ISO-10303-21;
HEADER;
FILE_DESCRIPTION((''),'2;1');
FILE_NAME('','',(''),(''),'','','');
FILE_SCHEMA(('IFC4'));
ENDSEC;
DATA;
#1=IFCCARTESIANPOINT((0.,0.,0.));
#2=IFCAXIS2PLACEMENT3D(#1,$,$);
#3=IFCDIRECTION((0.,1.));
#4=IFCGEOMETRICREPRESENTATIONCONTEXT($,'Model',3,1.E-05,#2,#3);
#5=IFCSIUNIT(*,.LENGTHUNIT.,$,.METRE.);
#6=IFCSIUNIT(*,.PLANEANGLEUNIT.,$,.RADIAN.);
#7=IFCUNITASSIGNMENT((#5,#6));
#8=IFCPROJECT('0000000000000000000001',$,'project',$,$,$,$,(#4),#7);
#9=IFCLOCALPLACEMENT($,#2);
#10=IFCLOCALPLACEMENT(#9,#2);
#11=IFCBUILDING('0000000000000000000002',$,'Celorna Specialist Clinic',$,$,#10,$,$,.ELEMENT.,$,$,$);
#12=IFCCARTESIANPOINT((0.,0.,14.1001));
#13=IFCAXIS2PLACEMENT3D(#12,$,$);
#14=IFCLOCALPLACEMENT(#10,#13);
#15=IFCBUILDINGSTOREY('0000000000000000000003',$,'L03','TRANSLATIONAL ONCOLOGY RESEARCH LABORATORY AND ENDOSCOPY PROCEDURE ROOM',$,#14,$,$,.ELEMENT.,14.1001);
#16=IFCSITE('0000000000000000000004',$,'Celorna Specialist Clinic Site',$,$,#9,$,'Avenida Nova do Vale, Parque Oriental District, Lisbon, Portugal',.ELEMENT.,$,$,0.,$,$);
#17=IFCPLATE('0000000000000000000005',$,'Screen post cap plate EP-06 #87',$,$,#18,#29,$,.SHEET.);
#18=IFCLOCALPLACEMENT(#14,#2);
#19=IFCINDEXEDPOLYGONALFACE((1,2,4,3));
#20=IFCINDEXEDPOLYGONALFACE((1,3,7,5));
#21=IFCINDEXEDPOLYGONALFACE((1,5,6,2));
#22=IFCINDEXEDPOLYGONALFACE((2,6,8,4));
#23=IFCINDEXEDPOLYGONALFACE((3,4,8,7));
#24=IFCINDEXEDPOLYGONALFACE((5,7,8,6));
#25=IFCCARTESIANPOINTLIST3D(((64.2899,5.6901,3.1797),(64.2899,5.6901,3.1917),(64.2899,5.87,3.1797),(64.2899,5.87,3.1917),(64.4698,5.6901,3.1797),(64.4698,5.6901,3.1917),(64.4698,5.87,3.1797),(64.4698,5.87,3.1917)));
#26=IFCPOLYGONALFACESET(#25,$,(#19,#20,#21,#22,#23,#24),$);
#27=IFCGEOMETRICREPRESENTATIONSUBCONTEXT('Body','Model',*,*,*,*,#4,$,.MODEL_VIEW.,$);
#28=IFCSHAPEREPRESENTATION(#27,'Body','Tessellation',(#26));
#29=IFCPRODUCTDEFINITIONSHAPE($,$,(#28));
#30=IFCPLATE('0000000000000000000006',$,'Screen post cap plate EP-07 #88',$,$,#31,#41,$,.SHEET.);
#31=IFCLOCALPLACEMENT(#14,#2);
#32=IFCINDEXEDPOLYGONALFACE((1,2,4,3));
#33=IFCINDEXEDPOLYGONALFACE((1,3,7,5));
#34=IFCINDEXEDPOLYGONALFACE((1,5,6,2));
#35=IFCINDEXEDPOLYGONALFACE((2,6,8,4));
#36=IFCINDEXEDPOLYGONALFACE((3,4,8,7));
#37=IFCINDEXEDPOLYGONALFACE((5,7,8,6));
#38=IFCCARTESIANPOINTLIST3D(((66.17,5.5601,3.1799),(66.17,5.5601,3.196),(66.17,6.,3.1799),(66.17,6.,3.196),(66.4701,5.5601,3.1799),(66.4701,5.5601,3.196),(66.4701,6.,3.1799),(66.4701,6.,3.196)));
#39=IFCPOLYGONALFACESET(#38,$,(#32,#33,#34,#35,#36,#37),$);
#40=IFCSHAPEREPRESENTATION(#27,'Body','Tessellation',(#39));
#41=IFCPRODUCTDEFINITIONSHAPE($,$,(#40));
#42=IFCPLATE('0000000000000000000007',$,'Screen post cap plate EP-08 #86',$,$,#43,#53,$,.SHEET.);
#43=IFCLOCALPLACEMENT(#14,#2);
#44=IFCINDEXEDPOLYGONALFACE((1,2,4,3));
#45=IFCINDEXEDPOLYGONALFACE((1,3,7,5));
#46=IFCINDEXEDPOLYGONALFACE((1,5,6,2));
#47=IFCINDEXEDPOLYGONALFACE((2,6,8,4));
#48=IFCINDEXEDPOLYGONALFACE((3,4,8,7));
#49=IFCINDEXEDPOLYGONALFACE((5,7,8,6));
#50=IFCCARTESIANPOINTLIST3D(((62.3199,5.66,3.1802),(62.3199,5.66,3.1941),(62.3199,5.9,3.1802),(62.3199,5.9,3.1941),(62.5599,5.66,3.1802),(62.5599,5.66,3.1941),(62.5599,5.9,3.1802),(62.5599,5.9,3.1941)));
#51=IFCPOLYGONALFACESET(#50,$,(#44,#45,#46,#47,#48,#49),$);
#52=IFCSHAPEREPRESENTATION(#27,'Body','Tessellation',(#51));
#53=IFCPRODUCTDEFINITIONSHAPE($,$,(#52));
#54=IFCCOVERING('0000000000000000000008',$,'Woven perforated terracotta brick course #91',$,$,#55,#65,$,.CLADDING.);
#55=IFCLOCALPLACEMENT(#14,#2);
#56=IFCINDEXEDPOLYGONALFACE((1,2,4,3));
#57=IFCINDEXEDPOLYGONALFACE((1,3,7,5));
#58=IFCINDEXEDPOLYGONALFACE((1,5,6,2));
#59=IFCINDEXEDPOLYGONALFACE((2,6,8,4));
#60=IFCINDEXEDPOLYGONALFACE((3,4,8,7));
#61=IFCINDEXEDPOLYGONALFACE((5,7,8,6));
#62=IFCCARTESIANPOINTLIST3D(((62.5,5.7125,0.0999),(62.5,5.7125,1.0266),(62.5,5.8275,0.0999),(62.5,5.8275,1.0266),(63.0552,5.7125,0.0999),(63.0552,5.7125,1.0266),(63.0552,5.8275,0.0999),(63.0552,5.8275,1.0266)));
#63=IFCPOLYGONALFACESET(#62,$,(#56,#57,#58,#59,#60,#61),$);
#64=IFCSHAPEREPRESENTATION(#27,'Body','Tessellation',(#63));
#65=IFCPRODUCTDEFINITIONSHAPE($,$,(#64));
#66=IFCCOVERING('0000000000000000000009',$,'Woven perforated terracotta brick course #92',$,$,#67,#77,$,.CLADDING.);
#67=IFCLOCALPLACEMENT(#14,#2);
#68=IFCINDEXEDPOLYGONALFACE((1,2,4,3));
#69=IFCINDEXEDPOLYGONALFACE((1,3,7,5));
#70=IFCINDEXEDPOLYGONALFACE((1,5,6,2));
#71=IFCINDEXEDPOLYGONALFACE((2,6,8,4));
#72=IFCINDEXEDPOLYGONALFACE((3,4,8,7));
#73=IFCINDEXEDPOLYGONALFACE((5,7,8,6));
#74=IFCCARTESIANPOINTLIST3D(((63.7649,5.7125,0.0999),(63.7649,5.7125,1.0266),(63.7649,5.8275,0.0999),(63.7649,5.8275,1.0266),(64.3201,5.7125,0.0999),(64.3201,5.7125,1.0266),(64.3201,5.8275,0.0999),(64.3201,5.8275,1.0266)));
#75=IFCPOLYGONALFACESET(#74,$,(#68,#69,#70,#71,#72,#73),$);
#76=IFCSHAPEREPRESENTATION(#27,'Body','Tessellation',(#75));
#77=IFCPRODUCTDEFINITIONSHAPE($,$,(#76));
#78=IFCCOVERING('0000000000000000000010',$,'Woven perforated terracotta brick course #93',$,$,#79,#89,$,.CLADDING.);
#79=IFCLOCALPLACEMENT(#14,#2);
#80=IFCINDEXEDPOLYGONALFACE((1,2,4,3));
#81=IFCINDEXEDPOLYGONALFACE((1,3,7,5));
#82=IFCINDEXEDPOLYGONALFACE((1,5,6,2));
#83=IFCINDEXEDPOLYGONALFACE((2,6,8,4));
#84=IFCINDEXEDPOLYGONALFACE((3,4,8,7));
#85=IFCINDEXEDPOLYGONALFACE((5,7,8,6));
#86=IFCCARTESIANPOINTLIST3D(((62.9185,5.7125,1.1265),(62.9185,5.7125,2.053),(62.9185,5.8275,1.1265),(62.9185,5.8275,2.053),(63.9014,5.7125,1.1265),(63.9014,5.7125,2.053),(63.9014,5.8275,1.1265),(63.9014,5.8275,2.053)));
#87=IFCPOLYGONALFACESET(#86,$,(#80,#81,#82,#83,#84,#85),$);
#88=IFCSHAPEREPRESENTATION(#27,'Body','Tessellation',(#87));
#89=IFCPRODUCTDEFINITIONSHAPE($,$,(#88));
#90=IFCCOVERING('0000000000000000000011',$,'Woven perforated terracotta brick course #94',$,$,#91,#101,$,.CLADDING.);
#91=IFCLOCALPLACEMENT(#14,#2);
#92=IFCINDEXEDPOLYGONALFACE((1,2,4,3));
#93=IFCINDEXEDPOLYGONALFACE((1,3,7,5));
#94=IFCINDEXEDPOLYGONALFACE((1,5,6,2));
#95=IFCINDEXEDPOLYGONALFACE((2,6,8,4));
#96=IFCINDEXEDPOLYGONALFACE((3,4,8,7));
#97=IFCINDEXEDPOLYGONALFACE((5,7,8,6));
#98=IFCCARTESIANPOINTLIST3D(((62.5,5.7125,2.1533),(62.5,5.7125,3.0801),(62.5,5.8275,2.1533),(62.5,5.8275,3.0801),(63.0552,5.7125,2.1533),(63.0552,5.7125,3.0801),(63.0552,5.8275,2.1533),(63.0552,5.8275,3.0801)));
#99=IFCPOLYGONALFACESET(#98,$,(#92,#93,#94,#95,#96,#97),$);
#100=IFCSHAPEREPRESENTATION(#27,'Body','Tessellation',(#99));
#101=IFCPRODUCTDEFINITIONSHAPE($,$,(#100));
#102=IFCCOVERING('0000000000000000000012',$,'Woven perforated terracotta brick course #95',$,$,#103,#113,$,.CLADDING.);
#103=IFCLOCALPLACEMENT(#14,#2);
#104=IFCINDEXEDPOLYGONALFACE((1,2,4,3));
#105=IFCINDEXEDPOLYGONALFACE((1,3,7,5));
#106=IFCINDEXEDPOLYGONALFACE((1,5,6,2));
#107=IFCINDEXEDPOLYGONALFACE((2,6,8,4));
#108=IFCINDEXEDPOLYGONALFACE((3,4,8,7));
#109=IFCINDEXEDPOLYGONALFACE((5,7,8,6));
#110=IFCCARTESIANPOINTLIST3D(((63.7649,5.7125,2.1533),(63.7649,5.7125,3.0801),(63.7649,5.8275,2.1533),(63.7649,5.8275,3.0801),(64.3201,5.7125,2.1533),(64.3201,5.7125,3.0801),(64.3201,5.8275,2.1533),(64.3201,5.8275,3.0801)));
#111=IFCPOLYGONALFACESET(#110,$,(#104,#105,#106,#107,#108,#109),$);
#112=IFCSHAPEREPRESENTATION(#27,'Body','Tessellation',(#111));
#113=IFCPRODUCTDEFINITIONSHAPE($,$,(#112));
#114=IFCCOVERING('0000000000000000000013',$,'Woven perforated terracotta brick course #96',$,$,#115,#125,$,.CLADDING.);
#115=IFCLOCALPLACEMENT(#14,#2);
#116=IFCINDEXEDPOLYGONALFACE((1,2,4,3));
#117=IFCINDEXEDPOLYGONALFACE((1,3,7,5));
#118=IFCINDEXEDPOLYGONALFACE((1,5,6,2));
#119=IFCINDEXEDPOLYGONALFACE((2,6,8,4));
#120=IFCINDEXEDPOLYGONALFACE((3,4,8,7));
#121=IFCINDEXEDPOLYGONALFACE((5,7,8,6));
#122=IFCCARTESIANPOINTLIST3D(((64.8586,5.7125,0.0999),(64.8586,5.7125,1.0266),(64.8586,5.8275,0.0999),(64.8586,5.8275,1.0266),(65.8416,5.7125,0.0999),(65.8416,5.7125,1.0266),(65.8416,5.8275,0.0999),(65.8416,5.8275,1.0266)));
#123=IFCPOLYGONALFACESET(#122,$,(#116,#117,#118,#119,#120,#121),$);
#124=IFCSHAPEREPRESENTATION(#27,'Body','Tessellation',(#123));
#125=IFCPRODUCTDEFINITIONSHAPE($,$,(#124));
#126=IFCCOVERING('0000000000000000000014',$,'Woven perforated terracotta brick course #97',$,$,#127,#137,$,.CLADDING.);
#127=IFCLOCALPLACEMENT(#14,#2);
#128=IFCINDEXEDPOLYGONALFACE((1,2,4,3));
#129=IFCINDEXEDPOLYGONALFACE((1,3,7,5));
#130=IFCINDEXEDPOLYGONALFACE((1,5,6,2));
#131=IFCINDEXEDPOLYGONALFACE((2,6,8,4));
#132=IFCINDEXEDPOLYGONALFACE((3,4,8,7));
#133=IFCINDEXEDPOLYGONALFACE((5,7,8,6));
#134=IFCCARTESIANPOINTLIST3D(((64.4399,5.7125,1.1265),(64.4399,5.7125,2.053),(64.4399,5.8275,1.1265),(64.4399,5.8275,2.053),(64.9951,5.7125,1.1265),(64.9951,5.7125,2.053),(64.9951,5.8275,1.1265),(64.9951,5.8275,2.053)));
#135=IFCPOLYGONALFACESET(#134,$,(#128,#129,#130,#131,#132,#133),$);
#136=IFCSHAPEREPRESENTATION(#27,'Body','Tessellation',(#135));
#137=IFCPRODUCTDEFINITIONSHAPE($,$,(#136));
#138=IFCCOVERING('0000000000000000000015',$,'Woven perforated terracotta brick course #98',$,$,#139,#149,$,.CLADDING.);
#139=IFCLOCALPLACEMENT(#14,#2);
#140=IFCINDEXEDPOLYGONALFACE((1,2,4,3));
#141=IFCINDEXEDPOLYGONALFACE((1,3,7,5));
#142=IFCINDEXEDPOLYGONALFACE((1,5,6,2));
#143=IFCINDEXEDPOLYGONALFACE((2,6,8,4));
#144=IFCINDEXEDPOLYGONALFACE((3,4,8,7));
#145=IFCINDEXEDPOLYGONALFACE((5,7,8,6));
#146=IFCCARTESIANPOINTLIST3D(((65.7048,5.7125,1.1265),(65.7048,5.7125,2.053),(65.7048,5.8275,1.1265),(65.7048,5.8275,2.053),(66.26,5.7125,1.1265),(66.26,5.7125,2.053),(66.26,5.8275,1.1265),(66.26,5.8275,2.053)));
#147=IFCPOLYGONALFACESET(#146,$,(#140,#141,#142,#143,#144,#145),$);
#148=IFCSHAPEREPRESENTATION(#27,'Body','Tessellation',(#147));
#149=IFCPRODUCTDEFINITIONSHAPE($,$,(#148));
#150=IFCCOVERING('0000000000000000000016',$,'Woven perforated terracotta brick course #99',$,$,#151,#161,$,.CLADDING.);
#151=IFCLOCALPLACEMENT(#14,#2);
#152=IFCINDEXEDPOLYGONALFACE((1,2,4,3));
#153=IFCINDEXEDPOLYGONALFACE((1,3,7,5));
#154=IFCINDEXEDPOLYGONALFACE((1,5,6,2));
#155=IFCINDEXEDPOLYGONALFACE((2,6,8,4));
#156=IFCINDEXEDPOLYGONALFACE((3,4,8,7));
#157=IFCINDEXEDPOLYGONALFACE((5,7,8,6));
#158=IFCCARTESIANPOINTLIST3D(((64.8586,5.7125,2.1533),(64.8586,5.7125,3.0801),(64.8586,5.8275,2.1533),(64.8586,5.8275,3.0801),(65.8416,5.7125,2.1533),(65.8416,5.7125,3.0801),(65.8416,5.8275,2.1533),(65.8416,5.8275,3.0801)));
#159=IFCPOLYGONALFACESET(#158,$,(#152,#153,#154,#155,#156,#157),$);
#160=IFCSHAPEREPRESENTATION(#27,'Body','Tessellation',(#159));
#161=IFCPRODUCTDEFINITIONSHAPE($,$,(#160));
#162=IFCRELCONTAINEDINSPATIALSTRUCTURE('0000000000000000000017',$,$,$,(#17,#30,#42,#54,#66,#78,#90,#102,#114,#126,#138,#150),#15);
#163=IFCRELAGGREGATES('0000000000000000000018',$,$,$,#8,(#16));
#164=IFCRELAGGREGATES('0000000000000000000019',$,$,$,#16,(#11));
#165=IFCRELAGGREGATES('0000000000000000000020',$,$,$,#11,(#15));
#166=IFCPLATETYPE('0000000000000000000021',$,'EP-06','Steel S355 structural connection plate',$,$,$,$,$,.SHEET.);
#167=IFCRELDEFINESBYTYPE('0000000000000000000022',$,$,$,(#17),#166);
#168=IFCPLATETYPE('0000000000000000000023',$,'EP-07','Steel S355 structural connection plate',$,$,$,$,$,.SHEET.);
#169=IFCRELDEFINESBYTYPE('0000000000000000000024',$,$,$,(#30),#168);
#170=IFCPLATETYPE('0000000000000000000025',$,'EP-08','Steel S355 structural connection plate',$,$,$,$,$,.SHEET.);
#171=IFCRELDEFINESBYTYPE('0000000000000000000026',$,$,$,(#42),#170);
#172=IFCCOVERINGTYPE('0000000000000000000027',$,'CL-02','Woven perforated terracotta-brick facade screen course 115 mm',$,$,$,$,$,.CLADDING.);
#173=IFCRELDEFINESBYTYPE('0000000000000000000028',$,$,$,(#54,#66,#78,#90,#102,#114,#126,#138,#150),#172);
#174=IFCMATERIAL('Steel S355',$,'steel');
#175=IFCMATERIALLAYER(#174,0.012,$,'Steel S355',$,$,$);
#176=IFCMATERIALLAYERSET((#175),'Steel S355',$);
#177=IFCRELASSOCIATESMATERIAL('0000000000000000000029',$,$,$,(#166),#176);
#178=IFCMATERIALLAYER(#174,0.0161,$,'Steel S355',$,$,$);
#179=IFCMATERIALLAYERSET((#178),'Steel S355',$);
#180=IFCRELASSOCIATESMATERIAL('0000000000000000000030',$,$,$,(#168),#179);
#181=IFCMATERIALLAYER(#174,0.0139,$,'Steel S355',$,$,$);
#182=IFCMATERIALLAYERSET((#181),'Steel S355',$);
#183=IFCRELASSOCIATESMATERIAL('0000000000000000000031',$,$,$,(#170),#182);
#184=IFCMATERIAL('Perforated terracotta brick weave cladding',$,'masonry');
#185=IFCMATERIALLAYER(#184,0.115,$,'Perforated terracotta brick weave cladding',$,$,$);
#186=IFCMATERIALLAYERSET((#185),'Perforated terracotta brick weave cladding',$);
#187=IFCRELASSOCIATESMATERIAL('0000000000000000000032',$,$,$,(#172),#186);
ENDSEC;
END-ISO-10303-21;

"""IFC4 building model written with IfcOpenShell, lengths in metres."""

from ifc_helpers import new_model, si_unit, direction, frame, origin, origin_2d, place, context, subcontext, project, spatial, rectangle, extrude, material, layer, layer_set, type_object, element, save


model = new_model("IFC4")

# Units and contexts
model_context = context("Model", 3, precision=1e-05, world=origin(), true_north=direction((0.0, 1.0)))
body_context = subcontext(model_context, "Body", "Model", "MODEL_VIEW")
ifc_project = project(units=[si_unit("LENGTHUNIT", "METRE"), si_unit("PLANEANGLEUNIT", "RADIAN")], contexts=[model_context])

# Site, building, storey
site_placement = place(None, origin())
site = spatial("IfcSite", under=ifc_project, at=site_placement, Name="Celorna Specialist Clinic Site", LongName="Avenida Nova do Vale, Parque Oriental District, Lisbon, Portugal", CompositionType="ELEMENT", RefElevation=0.0)
building_placement = place(site_placement, origin())
building = spatial("IfcBuilding", under=site, at=building_placement, Name="Celorna Specialist Clinic", CompositionType="ELEMENT")
storey_placement = place(building_placement, frame((0.0, 0.0, 14.1001)))
storey = spatial("IfcBuildingStorey", under=building, at=storey_placement, Name="L03", Description="TRANSLATIONAL ONCOLOGY RESEARCH LABORATORY AND ENDOSCOPY PROCEDURE ROOM", CompositionType="ELEMENT", Elevation=14.1001)

# Shared definitions
ifc_material_1 = material(Name="Steel S355", Category="steel")

# Plates
ifc_layer_1 = layer(ifc_material_1, 0.012, Name="Steel S355")
ifc_layer_set_1 = layer_set([ifc_layer_1], Name="Steel S355")
plate_type_1 = type_object("IfcPlateType", Name="EP-06", Description="Steel S355 structural connection plate", PredefinedType="SHEET", material=ifc_layer_set_1)
plate_1_placement = place(storey_placement, frame((64.3799, 5.78, 3.1797), z_axis=(0.0, 0.0, 1.0), x_axis=(1.0, 0.0, 0.0)))
element("IfcPlate", 1, at=plate_1_placement, inside=storey, type_object=plate_type_1, Name="Screen post cap plate EP-06 #87", PredefinedType="SHEET", context=body_context, shape_type="SweptSolid", body=[
    extrude(rectangle(XDim=0.1799, YDim=0.1799, at=origin_2d()), origin(), (0.0, 0.0, 1.0), 0.012),
])
ifc_layer_2 = layer(ifc_material_1, 0.0161, Name="Steel S355")
ifc_layer_set_2 = layer_set([ifc_layer_2], Name="Steel S355")
plate_type_2 = type_object("IfcPlateType", Name="EP-07", Description="Steel S355 structural connection plate", PredefinedType="SHEET", material=ifc_layer_set_2)
plate_2_placement = place(storey_placement, frame((66.3201, 5.78, 3.1799), z_axis=(0.0, 0.0, 1.0), x_axis=(1.0, 0.0, 0.0)))
element("IfcPlate", 2, at=plate_2_placement, inside=storey, type_object=plate_type_2, Name="Screen post cap plate EP-07 #88", PredefinedType="SHEET", context=body_context, shape_type="SweptSolid", body=[
    extrude(rectangle(XDim=0.3, YDim=0.4399, at=origin_2d()), origin(), (0.0, 0.0, 1.0), 0.0161),
])
ifc_layer_3 = layer(ifc_material_1, 0.0139, Name="Steel S355")
ifc_layer_set_3 = layer_set([ifc_layer_3], Name="Steel S355")
plate_type_3 = type_object("IfcPlateType", Name="EP-08", Description="Steel S355 structural connection plate", PredefinedType="SHEET", material=ifc_layer_set_3)
plate_3_placement = place(storey_placement, frame((62.4399, 5.78, 3.1802), z_axis=(0.0, 0.0, 1.0), x_axis=(1.0, 0.0, 0.0)))
element("IfcPlate", 3, at=plate_3_placement, inside=storey, type_object=plate_type_3, Name="Screen post cap plate EP-08 #86", PredefinedType="SHEET", context=body_context, shape_type="SweptSolid", body=[
    extrude(rectangle(XDim=0.24, YDim=0.24, at=origin_2d()), origin(), (0.0, 0.0, 1.0), 0.0139),
])

# Coverings
ifc_material_2 = material(Name="Perforated terracotta brick weave cladding", Category="masonry")
ifc_layer_4 = layer(ifc_material_2, 0.115, Name="Perforated terracotta brick weave cladding")
ifc_layer_set_4 = layer_set([ifc_layer_4], Name="Perforated terracotta brick weave cladding")
covering_type = type_object("IfcCoveringType", Name="CL-02", Description="Woven perforated terracotta-brick facade screen course 115 mm", PredefinedType="CLADDING", material=ifc_layer_set_4)
for number, where, z_axis, x_axis, name in (
    (4, (62.7776, 5.77, 0.0999), (0.0, 0.0, 1.0), (1.0, 0.0, 0.0), "Woven perforated terracotta brick course #91"),
    (5, (64.0425, 5.77, 0.0999), (0.0, 0.0, 1.0), (1.0, 0.0, 0.0), "Woven perforated terracotta brick course #92"),
):
    element("IfcCovering", number, at=place(storey_placement, frame(where, z_axis=z_axis, x_axis=x_axis)), inside=storey, type_object=covering_type, Name=name, PredefinedType="CLADDING", context=body_context, shape_type="SweptSolid", body=[
        extrude(rectangle(XDim=0.5552, YDim=0.115, at=origin_2d()), origin(), (0.0, 0.0, 1.0), 0.9268),
    ])
covering_1_placement = place(storey_placement, frame((63.4099, 5.77, 1.1265), z_axis=(0.0, 0.0, 1.0), x_axis=(1.0, 0.0, 0.0)))
element("IfcCovering", 6, at=covering_1_placement, inside=storey, type_object=covering_type, Name="Woven perforated terracotta brick course #93", PredefinedType="CLADDING", context=body_context, shape_type="SweptSolid", body=[
    extrude(rectangle(XDim=0.9829, YDim=0.115, at=origin_2d()), origin(), (0.0, 0.0, 1.0), 0.9265),
])
for number, where, z_axis, x_axis, name in (
    (7, (62.7776, 5.77, 2.1533), (0.0, 0.0, 1.0), (1.0, 0.0, 0.0), "Woven perforated terracotta brick course #94"),
    (8, (64.0425, 5.77, 2.1533), (0.0, 0.0, 1.0), (1.0, 0.0, 0.0), "Woven perforated terracotta brick course #95"),
):
    element("IfcCovering", number, at=place(storey_placement, frame(where, z_axis=z_axis, x_axis=x_axis)), inside=storey, type_object=covering_type, Name=name, PredefinedType="CLADDING", context=body_context, shape_type="SweptSolid", body=[
        extrude(rectangle(XDim=0.5552, YDim=0.115, at=origin_2d()), origin(), (0.0, 0.0, 1.0), 0.9268),
    ])
covering_2_placement = place(storey_placement, frame((65.3501, 5.77, 0.0999), z_axis=(0.0, 0.0, 1.0), x_axis=(1.0, 0.0, 0.0)))
element("IfcCovering", 9, at=covering_2_placement, inside=storey, type_object=covering_type, Name="Woven perforated terracotta brick course #96", PredefinedType="CLADDING", context=body_context, shape_type="SweptSolid", body=[
    extrude(rectangle(XDim=0.9829, YDim=0.115, at=origin_2d()), origin(), (0.0, 0.0, 1.0), 0.9268),
])
for number, where, z_axis, x_axis, name in (
    (10, (64.7175, 5.77, 1.1265), (0.0, 0.0, 1.0), (1.0, 0.0, 0.0), "Woven perforated terracotta brick course #97"),
    (11, (65.9824, 5.77, 1.1265), (0.0, 0.0, 1.0), (1.0, 0.0, 0.0), "Woven perforated terracotta brick course #98"),
):
    element("IfcCovering", number, at=place(storey_placement, frame(where, z_axis=z_axis, x_axis=x_axis)), inside=storey, type_object=covering_type, Name=name, PredefinedType="CLADDING", context=body_context, shape_type="SweptSolid", body=[
        extrude(rectangle(XDim=0.5552, YDim=0.115, at=origin_2d()), origin(), (0.0, 0.0, 1.0), 0.9265),
    ])
covering_3_placement = place(storey_placement, frame((65.3501, 5.77, 2.1533), z_axis=(0.0, 0.0, 1.0), x_axis=(1.0, 0.0, 0.0)))
element("IfcCovering", 12, at=covering_3_placement, inside=storey, type_object=covering_type, Name="Woven perforated terracotta brick course #99", PredefinedType="CLADDING", context=body_context, shape_type="SweptSolid", body=[
    extrude(rectangle(XDim=0.9829, YDim=0.115, at=origin_2d()), origin(), (0.0, 0.0, 1.0), 0.9268),
])

save(model, "model.ifc")
